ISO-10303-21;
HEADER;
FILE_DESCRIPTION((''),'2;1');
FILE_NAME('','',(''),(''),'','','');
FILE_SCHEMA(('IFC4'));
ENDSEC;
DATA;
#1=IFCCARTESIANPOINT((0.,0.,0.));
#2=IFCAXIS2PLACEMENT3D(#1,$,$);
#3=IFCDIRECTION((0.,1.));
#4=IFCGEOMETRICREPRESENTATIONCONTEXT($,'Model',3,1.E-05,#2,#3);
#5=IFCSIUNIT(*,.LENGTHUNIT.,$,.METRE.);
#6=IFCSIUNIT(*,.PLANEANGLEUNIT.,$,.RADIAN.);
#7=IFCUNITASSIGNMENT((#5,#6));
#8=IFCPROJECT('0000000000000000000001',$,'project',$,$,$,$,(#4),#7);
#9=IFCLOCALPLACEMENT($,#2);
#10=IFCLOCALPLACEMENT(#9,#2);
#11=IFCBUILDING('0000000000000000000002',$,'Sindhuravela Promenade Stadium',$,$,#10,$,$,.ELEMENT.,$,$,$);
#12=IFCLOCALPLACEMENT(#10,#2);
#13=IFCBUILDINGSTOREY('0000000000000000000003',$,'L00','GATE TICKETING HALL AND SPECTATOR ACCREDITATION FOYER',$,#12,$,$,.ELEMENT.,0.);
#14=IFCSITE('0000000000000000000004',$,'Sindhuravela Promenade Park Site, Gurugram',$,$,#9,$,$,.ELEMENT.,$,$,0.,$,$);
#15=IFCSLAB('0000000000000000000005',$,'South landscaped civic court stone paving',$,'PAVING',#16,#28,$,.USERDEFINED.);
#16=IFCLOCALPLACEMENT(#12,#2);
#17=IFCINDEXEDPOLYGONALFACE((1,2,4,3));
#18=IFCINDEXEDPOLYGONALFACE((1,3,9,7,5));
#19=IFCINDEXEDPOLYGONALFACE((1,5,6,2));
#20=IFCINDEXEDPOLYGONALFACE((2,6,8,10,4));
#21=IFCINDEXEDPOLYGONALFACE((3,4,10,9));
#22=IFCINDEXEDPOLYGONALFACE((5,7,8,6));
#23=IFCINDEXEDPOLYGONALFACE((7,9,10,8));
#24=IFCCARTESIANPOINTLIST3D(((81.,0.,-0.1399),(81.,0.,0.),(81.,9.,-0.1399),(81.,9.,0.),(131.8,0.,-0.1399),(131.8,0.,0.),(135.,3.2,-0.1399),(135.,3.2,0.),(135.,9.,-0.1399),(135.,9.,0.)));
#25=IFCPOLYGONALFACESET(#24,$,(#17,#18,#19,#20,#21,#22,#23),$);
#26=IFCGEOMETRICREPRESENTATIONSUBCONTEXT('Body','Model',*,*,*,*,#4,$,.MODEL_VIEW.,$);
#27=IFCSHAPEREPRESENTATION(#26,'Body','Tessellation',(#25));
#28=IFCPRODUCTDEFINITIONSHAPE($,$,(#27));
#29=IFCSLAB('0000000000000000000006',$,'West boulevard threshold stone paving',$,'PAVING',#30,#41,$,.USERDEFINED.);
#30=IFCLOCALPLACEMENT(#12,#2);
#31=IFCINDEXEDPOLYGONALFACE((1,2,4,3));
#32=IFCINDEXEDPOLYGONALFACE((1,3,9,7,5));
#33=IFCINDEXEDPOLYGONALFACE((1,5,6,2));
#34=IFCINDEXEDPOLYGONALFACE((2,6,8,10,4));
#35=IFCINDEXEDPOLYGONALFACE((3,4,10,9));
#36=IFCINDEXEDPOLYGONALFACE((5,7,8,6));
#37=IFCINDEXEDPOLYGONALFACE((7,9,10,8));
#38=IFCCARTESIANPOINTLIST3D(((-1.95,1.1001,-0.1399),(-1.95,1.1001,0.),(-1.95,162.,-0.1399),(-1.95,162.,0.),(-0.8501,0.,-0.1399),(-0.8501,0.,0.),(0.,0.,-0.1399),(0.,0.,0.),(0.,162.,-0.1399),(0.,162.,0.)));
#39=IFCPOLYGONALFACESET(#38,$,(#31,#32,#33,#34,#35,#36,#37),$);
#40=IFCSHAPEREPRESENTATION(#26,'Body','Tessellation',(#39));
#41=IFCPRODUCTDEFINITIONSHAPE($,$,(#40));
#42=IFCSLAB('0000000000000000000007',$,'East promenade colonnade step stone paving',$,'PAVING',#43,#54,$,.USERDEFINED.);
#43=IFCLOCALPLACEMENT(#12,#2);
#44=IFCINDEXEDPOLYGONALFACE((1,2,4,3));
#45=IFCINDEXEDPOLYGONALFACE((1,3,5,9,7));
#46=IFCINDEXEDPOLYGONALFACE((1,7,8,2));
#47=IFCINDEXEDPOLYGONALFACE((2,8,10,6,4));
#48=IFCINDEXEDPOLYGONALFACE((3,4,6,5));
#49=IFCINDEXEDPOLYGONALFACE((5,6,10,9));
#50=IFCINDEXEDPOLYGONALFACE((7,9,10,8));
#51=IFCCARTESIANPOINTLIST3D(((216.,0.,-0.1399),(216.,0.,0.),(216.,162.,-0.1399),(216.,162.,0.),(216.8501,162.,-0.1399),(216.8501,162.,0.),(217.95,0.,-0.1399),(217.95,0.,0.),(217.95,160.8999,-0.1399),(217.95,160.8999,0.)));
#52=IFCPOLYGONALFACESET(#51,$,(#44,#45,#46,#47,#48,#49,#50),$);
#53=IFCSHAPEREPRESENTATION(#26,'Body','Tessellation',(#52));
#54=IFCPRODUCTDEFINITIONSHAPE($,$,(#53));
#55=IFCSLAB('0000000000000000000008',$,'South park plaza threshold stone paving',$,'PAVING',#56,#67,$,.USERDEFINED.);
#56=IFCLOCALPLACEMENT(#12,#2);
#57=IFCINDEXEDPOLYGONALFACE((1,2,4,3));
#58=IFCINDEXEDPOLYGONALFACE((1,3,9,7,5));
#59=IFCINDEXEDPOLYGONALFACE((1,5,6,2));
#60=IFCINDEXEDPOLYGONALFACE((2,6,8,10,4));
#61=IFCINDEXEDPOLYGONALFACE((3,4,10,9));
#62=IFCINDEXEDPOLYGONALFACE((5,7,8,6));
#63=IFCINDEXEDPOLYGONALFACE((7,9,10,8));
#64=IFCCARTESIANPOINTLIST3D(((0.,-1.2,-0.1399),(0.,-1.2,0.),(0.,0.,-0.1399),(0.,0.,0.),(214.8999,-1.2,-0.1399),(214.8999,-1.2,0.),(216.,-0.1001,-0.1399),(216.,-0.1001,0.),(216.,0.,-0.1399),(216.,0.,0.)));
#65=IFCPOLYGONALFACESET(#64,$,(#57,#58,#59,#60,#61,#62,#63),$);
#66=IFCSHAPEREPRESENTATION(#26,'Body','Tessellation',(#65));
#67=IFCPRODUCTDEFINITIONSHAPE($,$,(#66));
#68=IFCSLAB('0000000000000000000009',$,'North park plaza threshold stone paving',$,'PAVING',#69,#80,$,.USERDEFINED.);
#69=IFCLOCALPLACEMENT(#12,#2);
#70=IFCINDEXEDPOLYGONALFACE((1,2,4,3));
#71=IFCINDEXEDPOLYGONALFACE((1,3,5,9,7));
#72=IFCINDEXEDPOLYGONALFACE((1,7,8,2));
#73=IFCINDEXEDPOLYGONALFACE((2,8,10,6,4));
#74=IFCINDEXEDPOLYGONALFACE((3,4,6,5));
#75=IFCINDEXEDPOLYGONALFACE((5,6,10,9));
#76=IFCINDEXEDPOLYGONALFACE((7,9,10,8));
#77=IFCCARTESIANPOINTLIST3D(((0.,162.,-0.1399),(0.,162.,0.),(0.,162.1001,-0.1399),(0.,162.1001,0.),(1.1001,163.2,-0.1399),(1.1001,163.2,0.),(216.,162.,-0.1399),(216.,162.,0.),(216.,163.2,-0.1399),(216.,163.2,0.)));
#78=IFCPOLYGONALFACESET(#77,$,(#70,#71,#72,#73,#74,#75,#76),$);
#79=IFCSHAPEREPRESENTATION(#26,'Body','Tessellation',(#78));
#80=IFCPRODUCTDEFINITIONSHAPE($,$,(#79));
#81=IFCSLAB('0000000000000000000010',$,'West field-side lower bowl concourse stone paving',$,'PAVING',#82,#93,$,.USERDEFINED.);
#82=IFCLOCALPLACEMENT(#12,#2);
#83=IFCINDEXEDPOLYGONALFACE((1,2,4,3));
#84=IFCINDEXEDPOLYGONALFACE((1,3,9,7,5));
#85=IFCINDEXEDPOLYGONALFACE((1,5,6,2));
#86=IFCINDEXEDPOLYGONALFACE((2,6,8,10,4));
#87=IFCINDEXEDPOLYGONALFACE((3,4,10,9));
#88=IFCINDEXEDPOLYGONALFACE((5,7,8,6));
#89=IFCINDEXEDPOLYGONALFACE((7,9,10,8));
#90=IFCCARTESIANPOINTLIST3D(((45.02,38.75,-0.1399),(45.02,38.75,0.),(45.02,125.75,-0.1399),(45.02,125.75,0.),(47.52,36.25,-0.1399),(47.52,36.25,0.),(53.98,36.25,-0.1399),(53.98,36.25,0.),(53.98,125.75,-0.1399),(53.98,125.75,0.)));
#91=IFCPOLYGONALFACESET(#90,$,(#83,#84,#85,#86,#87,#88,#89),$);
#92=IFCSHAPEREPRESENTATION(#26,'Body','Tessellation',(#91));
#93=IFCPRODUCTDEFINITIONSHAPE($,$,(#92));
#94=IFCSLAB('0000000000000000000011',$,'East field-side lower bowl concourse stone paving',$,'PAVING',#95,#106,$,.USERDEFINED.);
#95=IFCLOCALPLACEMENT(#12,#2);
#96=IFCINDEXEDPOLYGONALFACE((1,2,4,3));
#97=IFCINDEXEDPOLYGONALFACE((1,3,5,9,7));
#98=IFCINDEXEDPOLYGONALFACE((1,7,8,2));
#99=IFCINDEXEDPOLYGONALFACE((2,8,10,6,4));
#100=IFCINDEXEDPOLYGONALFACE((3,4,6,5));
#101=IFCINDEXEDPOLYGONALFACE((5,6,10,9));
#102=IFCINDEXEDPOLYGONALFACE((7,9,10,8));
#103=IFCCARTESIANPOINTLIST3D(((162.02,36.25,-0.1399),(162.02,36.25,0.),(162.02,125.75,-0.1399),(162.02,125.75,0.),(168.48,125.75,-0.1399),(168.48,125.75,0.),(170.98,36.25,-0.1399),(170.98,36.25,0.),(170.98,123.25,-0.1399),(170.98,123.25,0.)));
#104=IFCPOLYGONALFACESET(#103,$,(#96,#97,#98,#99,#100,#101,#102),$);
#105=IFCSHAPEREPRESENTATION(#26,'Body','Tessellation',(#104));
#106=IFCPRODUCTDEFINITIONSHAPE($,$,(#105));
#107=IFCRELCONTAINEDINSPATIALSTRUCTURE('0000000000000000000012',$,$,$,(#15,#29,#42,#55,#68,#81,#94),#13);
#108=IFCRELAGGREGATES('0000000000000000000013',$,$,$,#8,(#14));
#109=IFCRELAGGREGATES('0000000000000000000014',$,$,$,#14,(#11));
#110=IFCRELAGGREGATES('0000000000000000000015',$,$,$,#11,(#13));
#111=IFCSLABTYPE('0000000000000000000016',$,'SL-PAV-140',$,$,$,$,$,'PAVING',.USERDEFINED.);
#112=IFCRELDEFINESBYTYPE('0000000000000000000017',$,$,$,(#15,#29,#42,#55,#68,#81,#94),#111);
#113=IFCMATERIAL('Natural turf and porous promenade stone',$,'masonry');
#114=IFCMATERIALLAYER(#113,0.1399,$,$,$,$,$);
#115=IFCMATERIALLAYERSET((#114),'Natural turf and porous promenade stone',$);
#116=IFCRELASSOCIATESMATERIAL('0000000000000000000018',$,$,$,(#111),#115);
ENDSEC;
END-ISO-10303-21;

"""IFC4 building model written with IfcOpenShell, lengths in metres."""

from ifc_helpers import new_model, si_unit, direction, frame, origin, place, context, subcontext, project, spatial, polyline, outline, extrude, material, layer, layer_set, type_object, element, save


model = new_model("IFC4")

# Units and contexts
model_context = context("Model", 3, precision=1e-05, world=origin(), true_north=direction((0.0, 1.0)))
body_context = subcontext(model_context, "Body", "Model", "MODEL_VIEW")
ifc_project = project(units=[si_unit("LENGTHUNIT", "METRE"), si_unit("PLANEANGLEUNIT", "RADIAN")], contexts=[model_context])

# Site, building, storey
site_placement = place(None, origin())
site = spatial("IfcSite", under=ifc_project, at=site_placement, Name="Sindhuravela Promenade Park Site, Gurugram", CompositionType="ELEMENT", RefElevation=0.0)
building_placement = place(site_placement, origin())
building = spatial("IfcBuilding", under=site, at=building_placement, Name="Sindhuravela Promenade Stadium", CompositionType="ELEMENT")
storey_placement = place(building_placement, origin())
storey = spatial("IfcBuildingStorey", under=building, at=storey_placement, Name="L00", Description="GATE TICKETING HALL AND SPECTATOR ACCREDITATION FOYER", CompositionType="ELEMENT", Elevation=0.0)

# Slabs
ifc_material_1 = material(Name="Natural turf and porous promenade stone", Category="masonry")
ifc_layer_1 = layer(ifc_material_1, 0.1399)
ifc_layer_set_1 = layer_set([ifc_layer_1], Name="Natural turf and porous promenade stone")
slab_type_1 = type_object("IfcSlabType", Name="SL-PAV-140", ElementType="PAVING", PredefinedType="USERDEFINED", material=ifc_layer_set_1)
slab_1_placement = place(storey_placement, frame((0.0, 0.0, -0.1399)))
element("IfcSlab", 1, at=slab_1_placement, inside=storey, type_object=slab_type_1, Name="South landscaped civic court stone paving", ObjectType="PAVING", PredefinedType="USERDEFINED", context=body_context, shape_type="SweptSolid", body=[
    extrude(outline(polyline([(81.0, 0.0), (131.8, 0.0), (135.0, 3.2), (135.0, 9.0), (81.0, 9.0), (81.0, 0.0)])), origin(), (0.0, 0.0, 1.0), 0.1399),
])
slab_2_placement = place(storey_placement, frame((0.0, 0.0, -0.1399)))
element("IfcSlab", 2, at=slab_2_placement, inside=storey, type_object=slab_type_1, Name="West boulevard threshold stone paving", ObjectType="PAVING", PredefinedType="USERDEFINED", context=body_context, shape_type="SweptSolid", body=[
    extrude(outline(polyline([(-0.8501, 0.0), (0.0, 0.0), (0.0, 162.0), (-1.95, 162.0), (-1.95, 1.1001), (-0.8501, 0.0)])), origin(), (0.0, 0.0, 1.0), 0.1399),
])
slab_3_placement = place(storey_placement, frame((0.0, 0.0, -0.1399)))
element("IfcSlab", 3, at=slab_3_placement, inside=storey, type_object=slab_type_1, Name="East promenade colonnade step stone paving", ObjectType="PAVING", PredefinedType="USERDEFINED", context=body_context, shape_type="SweptSolid", body=[
    extrude(outline(polyline([(216.0, 0.0), (217.95, 0.0), (217.95, 160.8999), (216.8501, 162.0), (216.0, 162.0), (216.0, 0.0)])), origin(), (0.0, 0.0, 1.0), 0.1399),
])
slab_4_placement = place(storey_placement, frame((0.0, 0.0, -0.1399)))
element("IfcSlab", 4, at=slab_4_placement, inside=storey, type_object=slab_type_1, Name="South park plaza threshold stone paving", ObjectType="PAVING", PredefinedType="USERDEFINED", context=body_context, shape_type="SweptSolid", body=[
    extrude(outline(polyline([(0.0, -1.2), (214.8999, -1.2), (216.0, -0.1001), (216.0, 0.0), (0.0, 0.0), (0.0, -1.2)])), origin(), (0.0, 0.0, 1.0), 0.1399),
])
slab_5_placement = place(storey_placement, frame((0.0, 0.0, -0.1399)))
element("IfcSlab", 5, at=slab_5_placement, inside=storey, type_object=slab_type_1, Name="North park plaza threshold stone paving", ObjectType="PAVING", PredefinedType="USERDEFINED", context=body_context, shape_type="SweptSolid", body=[
    extrude(outline(polyline([(0.0, 162.0), (216.0, 162.0), (216.0, 163.2), (1.1001, 163.2), (0.0, 162.1001), (0.0, 162.0)])), origin(), (0.0, 0.0, 1.0), 0.1399),
])
slab_6_placement = place(storey_placement, frame((0.0, 0.0, -0.1399)))
element("IfcSlab", 6, at=slab_6_placement, inside=storey, type_object=slab_type_1, Name="West field-side lower bowl concourse stone paving", ObjectType="PAVING", PredefinedType="USERDEFINED", context=body_context, shape_type="SweptSolid", body=[
    extrude(outline(polyline([(47.52, 36.25), (53.98, 36.25), (53.98, 125.75), (45.02, 125.75), (45.02, 38.75), (47.52, 36.25)])), origin(), (0.0, 0.0, 1.0), 0.1399),
])
slab_7_placement = place(storey_placement, frame((0.0, 0.0, -0.1399)))
element("IfcSlab", 7, at=slab_7_placement, inside=storey, type_object=slab_type_1, Name="East field-side lower bowl concourse stone paving", ObjectType="PAVING", PredefinedType="USERDEFINED", context=body_context, shape_type="SweptSolid", body=[
    extrude(outline(polyline([(162.02, 36.25), (170.98, 36.25), (170.98, 123.25), (168.48, 125.75), (162.02, 125.75), (162.02, 36.25)])), origin(), (0.0, 0.0, 1.0), 0.1399),
])

save(model, "model.ifc")
